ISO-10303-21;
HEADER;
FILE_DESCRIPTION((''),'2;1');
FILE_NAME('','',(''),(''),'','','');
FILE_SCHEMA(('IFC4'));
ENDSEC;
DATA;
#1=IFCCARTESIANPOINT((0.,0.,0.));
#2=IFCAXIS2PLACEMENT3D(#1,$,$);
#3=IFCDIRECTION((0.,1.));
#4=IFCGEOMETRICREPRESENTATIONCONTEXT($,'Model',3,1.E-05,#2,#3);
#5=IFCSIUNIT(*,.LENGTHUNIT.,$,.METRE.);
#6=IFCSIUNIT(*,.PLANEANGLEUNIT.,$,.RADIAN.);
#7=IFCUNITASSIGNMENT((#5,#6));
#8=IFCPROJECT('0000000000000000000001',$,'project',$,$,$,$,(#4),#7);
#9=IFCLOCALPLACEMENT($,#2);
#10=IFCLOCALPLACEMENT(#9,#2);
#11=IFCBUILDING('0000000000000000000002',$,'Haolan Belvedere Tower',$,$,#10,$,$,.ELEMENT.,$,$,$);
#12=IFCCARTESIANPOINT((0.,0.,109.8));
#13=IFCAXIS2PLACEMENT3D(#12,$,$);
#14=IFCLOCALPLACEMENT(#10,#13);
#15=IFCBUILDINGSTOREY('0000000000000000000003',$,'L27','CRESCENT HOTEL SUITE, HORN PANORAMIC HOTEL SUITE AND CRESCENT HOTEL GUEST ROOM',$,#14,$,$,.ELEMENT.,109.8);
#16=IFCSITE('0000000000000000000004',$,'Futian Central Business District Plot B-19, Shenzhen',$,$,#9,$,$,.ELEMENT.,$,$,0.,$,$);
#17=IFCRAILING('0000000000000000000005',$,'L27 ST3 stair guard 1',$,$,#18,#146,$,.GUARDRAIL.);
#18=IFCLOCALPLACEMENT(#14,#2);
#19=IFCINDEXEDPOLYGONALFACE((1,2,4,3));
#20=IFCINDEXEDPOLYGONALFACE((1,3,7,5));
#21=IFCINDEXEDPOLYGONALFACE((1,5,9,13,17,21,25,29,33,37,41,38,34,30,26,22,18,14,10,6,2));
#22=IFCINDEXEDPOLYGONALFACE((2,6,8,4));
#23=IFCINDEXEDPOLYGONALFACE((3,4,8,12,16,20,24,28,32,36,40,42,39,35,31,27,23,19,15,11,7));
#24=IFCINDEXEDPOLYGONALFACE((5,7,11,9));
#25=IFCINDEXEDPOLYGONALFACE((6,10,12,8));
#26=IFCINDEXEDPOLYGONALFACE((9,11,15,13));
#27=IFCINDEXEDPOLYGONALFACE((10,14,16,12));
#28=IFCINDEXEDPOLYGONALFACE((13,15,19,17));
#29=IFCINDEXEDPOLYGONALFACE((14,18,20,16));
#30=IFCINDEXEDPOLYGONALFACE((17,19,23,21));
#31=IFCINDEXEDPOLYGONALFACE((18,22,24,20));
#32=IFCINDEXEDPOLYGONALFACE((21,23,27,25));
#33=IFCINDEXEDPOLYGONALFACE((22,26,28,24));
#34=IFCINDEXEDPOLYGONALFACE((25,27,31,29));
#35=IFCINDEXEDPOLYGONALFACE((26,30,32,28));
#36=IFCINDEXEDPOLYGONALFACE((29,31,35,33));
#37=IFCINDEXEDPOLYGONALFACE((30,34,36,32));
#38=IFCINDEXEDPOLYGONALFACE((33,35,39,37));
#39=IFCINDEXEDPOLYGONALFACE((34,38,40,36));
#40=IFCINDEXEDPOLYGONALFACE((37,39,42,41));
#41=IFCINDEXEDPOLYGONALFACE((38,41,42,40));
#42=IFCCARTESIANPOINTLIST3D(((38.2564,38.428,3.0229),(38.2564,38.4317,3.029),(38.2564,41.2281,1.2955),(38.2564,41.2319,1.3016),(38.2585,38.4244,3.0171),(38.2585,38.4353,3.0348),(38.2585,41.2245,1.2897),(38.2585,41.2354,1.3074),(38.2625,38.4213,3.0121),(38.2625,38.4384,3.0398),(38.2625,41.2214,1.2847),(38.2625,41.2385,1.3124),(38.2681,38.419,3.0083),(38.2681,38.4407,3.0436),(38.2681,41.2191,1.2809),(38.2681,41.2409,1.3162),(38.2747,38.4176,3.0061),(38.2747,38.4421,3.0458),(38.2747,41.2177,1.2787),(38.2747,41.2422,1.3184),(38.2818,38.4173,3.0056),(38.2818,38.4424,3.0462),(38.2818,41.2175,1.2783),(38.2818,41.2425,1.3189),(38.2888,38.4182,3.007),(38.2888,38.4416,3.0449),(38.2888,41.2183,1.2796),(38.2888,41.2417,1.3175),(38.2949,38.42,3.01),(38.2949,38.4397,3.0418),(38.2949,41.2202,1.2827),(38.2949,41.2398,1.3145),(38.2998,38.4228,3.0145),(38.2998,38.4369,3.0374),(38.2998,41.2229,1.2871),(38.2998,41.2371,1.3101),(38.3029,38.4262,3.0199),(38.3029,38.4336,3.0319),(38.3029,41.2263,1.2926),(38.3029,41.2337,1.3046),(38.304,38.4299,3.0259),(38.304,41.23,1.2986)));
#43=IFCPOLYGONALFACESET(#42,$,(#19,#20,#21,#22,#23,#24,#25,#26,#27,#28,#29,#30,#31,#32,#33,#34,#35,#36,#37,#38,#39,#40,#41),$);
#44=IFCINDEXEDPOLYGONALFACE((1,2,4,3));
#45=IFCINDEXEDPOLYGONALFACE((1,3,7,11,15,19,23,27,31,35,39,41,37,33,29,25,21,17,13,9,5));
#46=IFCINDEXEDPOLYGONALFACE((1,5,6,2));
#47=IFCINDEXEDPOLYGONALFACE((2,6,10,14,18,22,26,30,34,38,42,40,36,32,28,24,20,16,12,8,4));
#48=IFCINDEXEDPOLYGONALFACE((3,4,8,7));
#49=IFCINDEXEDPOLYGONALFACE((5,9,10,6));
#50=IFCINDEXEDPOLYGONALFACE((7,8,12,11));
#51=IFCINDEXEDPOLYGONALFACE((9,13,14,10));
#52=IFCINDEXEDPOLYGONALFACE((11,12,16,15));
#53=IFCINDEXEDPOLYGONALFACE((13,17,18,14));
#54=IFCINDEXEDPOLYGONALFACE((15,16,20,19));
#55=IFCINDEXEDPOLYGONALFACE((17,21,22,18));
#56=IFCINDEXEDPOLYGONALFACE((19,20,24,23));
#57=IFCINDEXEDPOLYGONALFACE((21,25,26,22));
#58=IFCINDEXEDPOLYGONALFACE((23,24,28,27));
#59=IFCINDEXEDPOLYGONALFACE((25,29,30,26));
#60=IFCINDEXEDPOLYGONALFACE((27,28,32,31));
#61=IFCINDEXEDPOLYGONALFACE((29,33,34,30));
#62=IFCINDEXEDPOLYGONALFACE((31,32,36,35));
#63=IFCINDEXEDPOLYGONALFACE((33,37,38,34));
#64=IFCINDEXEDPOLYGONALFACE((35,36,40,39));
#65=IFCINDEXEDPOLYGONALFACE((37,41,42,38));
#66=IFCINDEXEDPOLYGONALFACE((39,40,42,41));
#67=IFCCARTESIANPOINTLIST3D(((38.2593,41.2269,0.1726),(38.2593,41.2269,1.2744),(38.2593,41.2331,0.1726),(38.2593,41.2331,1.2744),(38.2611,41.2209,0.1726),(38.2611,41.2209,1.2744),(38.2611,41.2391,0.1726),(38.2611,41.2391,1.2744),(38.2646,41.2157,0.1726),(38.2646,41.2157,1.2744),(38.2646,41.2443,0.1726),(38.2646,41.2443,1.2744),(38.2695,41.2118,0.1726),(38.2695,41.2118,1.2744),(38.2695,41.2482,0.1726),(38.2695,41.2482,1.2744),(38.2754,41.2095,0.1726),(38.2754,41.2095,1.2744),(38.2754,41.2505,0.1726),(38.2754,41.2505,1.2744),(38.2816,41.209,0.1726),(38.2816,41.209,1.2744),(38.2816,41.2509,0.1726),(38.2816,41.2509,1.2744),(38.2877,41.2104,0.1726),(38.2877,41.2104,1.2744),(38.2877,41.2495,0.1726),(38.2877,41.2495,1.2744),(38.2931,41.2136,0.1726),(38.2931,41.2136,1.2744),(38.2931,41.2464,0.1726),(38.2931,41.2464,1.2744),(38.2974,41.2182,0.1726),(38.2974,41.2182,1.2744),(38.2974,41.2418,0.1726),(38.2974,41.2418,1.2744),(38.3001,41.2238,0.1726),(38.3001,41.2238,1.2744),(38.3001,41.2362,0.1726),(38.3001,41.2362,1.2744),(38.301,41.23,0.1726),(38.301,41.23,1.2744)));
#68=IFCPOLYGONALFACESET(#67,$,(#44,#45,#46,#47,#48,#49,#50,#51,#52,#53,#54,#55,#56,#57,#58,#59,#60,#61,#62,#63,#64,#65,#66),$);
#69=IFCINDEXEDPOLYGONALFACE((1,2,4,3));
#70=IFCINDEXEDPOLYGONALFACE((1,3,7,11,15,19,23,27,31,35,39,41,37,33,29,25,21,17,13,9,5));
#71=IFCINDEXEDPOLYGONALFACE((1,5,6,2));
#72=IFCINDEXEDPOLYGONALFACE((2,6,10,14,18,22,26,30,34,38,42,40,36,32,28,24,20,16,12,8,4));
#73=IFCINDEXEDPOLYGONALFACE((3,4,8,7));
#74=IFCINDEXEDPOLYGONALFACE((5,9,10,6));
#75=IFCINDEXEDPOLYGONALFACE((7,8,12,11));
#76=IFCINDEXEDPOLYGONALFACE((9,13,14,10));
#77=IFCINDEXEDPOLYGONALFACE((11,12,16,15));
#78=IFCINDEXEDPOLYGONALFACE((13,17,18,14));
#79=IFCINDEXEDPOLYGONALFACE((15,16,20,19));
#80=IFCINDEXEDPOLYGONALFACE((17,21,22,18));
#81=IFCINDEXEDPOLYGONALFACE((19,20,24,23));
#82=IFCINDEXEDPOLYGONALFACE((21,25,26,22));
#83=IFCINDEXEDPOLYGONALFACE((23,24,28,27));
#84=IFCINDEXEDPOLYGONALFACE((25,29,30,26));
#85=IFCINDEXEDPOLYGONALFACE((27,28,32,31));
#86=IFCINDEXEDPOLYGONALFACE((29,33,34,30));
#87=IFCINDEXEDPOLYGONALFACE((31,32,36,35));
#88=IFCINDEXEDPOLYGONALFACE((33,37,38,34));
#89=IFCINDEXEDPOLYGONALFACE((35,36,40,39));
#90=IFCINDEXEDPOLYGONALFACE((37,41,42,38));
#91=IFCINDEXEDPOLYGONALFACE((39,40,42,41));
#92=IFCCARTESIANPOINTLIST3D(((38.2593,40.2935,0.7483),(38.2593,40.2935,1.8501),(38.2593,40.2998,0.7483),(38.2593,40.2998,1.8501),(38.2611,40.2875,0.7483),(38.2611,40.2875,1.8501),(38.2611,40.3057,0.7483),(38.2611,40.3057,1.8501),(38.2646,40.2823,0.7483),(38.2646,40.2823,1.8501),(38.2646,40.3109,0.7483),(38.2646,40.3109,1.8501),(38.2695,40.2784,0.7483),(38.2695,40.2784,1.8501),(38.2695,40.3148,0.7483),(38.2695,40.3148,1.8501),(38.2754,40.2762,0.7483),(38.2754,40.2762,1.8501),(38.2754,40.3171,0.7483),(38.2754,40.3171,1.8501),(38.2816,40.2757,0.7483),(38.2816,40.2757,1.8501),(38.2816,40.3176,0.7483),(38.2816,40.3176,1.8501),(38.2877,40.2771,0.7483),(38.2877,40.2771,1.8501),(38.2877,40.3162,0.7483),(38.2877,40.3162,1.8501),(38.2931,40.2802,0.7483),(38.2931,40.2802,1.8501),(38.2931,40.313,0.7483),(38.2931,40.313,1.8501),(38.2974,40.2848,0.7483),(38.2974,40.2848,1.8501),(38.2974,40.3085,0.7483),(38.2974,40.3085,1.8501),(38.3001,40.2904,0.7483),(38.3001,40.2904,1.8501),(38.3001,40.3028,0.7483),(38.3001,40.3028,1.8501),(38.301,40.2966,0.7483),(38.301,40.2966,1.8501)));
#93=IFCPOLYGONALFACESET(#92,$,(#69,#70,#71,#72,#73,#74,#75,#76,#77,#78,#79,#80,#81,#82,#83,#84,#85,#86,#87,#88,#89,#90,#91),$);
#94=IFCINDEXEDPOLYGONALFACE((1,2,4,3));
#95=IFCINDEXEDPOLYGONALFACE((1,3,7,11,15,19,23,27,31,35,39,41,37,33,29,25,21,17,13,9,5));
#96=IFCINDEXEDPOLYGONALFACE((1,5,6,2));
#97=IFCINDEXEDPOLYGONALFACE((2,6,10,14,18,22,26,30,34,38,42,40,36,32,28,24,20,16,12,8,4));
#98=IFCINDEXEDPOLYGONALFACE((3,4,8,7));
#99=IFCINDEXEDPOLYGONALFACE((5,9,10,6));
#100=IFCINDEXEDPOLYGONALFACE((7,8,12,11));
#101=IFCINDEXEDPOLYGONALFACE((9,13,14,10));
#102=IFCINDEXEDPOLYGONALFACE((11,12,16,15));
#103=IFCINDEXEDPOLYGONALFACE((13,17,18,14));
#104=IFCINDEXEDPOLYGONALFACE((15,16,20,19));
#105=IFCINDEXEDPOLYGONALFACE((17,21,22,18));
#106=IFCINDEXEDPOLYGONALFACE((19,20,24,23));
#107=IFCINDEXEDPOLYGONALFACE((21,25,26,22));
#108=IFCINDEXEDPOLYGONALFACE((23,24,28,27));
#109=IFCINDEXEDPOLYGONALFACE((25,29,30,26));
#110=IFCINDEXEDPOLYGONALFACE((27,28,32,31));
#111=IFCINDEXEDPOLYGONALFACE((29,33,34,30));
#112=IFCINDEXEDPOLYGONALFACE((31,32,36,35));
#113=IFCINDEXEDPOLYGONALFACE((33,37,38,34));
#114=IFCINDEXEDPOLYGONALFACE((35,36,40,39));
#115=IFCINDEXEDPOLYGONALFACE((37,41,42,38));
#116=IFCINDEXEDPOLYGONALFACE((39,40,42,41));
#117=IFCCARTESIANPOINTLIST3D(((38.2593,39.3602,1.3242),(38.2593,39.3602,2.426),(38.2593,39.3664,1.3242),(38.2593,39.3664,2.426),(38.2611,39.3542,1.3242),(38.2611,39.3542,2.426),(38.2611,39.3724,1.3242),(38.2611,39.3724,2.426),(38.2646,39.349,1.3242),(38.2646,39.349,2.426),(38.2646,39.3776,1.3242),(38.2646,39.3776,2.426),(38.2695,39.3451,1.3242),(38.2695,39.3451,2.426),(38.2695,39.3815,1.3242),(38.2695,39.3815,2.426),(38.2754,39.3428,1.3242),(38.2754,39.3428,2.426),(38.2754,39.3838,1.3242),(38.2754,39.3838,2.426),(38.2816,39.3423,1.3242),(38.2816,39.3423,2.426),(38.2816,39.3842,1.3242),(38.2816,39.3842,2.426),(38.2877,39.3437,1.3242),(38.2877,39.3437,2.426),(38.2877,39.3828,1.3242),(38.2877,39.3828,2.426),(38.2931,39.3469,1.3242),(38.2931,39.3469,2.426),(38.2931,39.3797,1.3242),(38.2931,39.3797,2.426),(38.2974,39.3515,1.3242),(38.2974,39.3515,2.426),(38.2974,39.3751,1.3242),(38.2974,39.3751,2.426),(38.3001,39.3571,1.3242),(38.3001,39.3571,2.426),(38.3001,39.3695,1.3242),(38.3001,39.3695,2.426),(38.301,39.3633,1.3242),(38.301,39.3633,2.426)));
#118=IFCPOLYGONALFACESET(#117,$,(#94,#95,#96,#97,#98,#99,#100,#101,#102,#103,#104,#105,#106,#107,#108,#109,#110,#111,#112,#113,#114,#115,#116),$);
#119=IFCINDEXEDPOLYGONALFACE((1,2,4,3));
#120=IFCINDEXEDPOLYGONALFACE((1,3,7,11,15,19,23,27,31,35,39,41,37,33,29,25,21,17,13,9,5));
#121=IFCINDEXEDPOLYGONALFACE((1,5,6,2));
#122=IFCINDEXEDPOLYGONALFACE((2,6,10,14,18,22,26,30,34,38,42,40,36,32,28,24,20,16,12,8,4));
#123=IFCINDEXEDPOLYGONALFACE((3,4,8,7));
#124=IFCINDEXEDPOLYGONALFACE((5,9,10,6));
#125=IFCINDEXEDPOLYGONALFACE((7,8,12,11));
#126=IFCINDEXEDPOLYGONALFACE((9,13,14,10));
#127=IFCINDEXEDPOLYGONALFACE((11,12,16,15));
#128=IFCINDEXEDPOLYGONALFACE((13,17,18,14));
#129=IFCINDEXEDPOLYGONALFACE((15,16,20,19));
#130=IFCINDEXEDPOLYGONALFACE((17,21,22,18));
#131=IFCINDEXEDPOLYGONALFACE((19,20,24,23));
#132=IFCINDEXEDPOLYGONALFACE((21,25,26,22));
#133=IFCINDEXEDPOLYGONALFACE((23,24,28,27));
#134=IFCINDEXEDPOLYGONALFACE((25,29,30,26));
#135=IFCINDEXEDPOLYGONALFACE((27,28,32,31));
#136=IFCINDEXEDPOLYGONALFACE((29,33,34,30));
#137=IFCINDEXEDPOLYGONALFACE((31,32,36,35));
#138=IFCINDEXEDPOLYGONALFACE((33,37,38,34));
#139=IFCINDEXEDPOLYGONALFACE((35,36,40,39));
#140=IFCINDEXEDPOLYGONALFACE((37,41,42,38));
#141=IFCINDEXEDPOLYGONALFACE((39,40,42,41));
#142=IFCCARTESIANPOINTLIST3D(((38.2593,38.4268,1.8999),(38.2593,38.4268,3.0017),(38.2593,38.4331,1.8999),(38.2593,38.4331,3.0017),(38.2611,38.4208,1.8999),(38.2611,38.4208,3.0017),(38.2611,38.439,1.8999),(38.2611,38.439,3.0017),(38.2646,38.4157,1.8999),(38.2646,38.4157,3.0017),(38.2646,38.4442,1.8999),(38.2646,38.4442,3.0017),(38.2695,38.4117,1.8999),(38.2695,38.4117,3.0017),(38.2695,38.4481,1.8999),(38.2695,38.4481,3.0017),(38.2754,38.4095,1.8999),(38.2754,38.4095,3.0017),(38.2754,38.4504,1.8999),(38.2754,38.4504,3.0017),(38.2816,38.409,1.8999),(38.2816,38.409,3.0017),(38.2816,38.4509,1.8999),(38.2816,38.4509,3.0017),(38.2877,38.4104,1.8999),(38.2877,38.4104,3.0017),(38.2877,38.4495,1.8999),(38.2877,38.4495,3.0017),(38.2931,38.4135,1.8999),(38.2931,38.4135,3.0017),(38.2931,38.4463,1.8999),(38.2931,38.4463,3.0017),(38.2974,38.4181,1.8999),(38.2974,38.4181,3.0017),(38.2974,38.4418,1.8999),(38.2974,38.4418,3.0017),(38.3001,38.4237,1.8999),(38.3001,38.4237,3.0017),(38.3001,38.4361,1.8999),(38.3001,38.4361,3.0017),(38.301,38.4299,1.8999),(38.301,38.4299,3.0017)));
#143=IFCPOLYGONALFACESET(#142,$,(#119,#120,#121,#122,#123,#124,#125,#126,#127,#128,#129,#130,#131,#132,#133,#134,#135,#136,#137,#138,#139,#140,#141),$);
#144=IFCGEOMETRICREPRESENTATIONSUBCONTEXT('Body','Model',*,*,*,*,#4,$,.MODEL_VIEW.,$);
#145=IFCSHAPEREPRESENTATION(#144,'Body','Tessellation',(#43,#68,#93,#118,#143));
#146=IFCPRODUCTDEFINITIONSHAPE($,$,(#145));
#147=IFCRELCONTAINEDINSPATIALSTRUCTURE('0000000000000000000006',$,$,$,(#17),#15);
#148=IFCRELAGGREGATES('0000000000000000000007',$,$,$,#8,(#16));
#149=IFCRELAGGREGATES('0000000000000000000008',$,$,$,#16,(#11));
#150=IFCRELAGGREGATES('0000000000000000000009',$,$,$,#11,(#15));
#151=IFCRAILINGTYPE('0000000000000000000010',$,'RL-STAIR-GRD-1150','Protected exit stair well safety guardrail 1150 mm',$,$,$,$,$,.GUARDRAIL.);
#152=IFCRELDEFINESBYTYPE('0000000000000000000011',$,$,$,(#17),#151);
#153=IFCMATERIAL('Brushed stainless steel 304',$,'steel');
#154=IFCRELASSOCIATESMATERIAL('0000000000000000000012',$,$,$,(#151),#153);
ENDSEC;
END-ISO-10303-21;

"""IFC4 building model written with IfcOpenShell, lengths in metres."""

from ifc_helpers import new_model, si_unit, direction, frame, origin, origin_2d, place, context, subcontext, project, spatial, circle, extrude, material, type_object, element, save


model = new_model("IFC4")

# Units and contexts
model_context = context("Model", 3, precision=1e-05, world=origin(), true_north=direction((0.0, 1.0)))
body_context = subcontext(model_context, "Body", "Model", "MODEL_VIEW")
ifc_project = project(units=[si_unit("LENGTHUNIT", "METRE"), si_unit("PLANEANGLEUNIT", "RADIAN")], contexts=[model_context])

# Site, building, storey
site_placement = place(None, origin())
site = spatial("IfcSite", under=ifc_project, at=site_placement, Name="Futian Central Business District Plot B-19, Shenzhen", CompositionType="ELEMENT", RefElevation=0.0)
building_placement = place(site_placement, origin())
building = spatial("IfcBuilding", under=site, at=building_placement, Name="Haolan Belvedere Tower", CompositionType="ELEMENT")
storey_placement = place(building_placement, frame((0.0, 0.0, 109.8)))
storey = spatial("IfcBuildingStorey", under=building, at=storey_placement, Name="L27", Description="CRESCENT HOTEL SUITE, HORN PANORAMIC HOTEL SUITE AND CRESCENT HOTEL GUEST ROOM", CompositionType="ELEMENT", Elevation=109.8)

# Railing
ifc_material_1 = material(Name="Brushed stainless steel 304", Category="steel")
railing_type_1 = type_object("IfcRailingType", Name="RL-STAIR-GRD-1150", Description="Protected exit stair well safety guardrail 1150 mm", PredefinedType="GUARDRAIL", material=ifc_material_1)
railing_1_placement = place(storey_placement, frame((38.28, 41.23, 0.1726)))
element("IfcRailing", 1, at=railing_1_placement, inside=storey, type_object=railing_type_1, Name="L27 ST3 stair guard 1", PredefinedType="GUARDRAIL", context=body_context, shape_type="SweptSolid", body=[
    extrude(circle(Radius=0.0239, at=origin_2d()), frame((0.0, 0.0, 1.126), z_axis=(0.0, -0.85109, 0.52502), x_axis=(1.0, 0.0, 0.0)), (0.0, 0.0, 1.0), 3.29),
    extrude(circle(Radius=0.021, at=origin_2d()), origin(), (0.0, 0.0, 1.0), 1.1018),
    extrude(circle(Radius=0.021, at=origin_2d()), frame((0.0, -0.9333, 0.5757)), (0.0, 0.0, 1.0), 1.1018),
    extrude(circle(Radius=0.021, at=origin_2d()), frame((0.0, -1.8667, 1.1516)), (0.0, 0.0, 1.0), 1.1018),
    extrude(circle(Radius=0.021, at=origin_2d()), frame((0.0, -2.8, 1.7273)), (0.0, 0.0, 1.0), 1.1018),
])

save(model, "model.ifc")
